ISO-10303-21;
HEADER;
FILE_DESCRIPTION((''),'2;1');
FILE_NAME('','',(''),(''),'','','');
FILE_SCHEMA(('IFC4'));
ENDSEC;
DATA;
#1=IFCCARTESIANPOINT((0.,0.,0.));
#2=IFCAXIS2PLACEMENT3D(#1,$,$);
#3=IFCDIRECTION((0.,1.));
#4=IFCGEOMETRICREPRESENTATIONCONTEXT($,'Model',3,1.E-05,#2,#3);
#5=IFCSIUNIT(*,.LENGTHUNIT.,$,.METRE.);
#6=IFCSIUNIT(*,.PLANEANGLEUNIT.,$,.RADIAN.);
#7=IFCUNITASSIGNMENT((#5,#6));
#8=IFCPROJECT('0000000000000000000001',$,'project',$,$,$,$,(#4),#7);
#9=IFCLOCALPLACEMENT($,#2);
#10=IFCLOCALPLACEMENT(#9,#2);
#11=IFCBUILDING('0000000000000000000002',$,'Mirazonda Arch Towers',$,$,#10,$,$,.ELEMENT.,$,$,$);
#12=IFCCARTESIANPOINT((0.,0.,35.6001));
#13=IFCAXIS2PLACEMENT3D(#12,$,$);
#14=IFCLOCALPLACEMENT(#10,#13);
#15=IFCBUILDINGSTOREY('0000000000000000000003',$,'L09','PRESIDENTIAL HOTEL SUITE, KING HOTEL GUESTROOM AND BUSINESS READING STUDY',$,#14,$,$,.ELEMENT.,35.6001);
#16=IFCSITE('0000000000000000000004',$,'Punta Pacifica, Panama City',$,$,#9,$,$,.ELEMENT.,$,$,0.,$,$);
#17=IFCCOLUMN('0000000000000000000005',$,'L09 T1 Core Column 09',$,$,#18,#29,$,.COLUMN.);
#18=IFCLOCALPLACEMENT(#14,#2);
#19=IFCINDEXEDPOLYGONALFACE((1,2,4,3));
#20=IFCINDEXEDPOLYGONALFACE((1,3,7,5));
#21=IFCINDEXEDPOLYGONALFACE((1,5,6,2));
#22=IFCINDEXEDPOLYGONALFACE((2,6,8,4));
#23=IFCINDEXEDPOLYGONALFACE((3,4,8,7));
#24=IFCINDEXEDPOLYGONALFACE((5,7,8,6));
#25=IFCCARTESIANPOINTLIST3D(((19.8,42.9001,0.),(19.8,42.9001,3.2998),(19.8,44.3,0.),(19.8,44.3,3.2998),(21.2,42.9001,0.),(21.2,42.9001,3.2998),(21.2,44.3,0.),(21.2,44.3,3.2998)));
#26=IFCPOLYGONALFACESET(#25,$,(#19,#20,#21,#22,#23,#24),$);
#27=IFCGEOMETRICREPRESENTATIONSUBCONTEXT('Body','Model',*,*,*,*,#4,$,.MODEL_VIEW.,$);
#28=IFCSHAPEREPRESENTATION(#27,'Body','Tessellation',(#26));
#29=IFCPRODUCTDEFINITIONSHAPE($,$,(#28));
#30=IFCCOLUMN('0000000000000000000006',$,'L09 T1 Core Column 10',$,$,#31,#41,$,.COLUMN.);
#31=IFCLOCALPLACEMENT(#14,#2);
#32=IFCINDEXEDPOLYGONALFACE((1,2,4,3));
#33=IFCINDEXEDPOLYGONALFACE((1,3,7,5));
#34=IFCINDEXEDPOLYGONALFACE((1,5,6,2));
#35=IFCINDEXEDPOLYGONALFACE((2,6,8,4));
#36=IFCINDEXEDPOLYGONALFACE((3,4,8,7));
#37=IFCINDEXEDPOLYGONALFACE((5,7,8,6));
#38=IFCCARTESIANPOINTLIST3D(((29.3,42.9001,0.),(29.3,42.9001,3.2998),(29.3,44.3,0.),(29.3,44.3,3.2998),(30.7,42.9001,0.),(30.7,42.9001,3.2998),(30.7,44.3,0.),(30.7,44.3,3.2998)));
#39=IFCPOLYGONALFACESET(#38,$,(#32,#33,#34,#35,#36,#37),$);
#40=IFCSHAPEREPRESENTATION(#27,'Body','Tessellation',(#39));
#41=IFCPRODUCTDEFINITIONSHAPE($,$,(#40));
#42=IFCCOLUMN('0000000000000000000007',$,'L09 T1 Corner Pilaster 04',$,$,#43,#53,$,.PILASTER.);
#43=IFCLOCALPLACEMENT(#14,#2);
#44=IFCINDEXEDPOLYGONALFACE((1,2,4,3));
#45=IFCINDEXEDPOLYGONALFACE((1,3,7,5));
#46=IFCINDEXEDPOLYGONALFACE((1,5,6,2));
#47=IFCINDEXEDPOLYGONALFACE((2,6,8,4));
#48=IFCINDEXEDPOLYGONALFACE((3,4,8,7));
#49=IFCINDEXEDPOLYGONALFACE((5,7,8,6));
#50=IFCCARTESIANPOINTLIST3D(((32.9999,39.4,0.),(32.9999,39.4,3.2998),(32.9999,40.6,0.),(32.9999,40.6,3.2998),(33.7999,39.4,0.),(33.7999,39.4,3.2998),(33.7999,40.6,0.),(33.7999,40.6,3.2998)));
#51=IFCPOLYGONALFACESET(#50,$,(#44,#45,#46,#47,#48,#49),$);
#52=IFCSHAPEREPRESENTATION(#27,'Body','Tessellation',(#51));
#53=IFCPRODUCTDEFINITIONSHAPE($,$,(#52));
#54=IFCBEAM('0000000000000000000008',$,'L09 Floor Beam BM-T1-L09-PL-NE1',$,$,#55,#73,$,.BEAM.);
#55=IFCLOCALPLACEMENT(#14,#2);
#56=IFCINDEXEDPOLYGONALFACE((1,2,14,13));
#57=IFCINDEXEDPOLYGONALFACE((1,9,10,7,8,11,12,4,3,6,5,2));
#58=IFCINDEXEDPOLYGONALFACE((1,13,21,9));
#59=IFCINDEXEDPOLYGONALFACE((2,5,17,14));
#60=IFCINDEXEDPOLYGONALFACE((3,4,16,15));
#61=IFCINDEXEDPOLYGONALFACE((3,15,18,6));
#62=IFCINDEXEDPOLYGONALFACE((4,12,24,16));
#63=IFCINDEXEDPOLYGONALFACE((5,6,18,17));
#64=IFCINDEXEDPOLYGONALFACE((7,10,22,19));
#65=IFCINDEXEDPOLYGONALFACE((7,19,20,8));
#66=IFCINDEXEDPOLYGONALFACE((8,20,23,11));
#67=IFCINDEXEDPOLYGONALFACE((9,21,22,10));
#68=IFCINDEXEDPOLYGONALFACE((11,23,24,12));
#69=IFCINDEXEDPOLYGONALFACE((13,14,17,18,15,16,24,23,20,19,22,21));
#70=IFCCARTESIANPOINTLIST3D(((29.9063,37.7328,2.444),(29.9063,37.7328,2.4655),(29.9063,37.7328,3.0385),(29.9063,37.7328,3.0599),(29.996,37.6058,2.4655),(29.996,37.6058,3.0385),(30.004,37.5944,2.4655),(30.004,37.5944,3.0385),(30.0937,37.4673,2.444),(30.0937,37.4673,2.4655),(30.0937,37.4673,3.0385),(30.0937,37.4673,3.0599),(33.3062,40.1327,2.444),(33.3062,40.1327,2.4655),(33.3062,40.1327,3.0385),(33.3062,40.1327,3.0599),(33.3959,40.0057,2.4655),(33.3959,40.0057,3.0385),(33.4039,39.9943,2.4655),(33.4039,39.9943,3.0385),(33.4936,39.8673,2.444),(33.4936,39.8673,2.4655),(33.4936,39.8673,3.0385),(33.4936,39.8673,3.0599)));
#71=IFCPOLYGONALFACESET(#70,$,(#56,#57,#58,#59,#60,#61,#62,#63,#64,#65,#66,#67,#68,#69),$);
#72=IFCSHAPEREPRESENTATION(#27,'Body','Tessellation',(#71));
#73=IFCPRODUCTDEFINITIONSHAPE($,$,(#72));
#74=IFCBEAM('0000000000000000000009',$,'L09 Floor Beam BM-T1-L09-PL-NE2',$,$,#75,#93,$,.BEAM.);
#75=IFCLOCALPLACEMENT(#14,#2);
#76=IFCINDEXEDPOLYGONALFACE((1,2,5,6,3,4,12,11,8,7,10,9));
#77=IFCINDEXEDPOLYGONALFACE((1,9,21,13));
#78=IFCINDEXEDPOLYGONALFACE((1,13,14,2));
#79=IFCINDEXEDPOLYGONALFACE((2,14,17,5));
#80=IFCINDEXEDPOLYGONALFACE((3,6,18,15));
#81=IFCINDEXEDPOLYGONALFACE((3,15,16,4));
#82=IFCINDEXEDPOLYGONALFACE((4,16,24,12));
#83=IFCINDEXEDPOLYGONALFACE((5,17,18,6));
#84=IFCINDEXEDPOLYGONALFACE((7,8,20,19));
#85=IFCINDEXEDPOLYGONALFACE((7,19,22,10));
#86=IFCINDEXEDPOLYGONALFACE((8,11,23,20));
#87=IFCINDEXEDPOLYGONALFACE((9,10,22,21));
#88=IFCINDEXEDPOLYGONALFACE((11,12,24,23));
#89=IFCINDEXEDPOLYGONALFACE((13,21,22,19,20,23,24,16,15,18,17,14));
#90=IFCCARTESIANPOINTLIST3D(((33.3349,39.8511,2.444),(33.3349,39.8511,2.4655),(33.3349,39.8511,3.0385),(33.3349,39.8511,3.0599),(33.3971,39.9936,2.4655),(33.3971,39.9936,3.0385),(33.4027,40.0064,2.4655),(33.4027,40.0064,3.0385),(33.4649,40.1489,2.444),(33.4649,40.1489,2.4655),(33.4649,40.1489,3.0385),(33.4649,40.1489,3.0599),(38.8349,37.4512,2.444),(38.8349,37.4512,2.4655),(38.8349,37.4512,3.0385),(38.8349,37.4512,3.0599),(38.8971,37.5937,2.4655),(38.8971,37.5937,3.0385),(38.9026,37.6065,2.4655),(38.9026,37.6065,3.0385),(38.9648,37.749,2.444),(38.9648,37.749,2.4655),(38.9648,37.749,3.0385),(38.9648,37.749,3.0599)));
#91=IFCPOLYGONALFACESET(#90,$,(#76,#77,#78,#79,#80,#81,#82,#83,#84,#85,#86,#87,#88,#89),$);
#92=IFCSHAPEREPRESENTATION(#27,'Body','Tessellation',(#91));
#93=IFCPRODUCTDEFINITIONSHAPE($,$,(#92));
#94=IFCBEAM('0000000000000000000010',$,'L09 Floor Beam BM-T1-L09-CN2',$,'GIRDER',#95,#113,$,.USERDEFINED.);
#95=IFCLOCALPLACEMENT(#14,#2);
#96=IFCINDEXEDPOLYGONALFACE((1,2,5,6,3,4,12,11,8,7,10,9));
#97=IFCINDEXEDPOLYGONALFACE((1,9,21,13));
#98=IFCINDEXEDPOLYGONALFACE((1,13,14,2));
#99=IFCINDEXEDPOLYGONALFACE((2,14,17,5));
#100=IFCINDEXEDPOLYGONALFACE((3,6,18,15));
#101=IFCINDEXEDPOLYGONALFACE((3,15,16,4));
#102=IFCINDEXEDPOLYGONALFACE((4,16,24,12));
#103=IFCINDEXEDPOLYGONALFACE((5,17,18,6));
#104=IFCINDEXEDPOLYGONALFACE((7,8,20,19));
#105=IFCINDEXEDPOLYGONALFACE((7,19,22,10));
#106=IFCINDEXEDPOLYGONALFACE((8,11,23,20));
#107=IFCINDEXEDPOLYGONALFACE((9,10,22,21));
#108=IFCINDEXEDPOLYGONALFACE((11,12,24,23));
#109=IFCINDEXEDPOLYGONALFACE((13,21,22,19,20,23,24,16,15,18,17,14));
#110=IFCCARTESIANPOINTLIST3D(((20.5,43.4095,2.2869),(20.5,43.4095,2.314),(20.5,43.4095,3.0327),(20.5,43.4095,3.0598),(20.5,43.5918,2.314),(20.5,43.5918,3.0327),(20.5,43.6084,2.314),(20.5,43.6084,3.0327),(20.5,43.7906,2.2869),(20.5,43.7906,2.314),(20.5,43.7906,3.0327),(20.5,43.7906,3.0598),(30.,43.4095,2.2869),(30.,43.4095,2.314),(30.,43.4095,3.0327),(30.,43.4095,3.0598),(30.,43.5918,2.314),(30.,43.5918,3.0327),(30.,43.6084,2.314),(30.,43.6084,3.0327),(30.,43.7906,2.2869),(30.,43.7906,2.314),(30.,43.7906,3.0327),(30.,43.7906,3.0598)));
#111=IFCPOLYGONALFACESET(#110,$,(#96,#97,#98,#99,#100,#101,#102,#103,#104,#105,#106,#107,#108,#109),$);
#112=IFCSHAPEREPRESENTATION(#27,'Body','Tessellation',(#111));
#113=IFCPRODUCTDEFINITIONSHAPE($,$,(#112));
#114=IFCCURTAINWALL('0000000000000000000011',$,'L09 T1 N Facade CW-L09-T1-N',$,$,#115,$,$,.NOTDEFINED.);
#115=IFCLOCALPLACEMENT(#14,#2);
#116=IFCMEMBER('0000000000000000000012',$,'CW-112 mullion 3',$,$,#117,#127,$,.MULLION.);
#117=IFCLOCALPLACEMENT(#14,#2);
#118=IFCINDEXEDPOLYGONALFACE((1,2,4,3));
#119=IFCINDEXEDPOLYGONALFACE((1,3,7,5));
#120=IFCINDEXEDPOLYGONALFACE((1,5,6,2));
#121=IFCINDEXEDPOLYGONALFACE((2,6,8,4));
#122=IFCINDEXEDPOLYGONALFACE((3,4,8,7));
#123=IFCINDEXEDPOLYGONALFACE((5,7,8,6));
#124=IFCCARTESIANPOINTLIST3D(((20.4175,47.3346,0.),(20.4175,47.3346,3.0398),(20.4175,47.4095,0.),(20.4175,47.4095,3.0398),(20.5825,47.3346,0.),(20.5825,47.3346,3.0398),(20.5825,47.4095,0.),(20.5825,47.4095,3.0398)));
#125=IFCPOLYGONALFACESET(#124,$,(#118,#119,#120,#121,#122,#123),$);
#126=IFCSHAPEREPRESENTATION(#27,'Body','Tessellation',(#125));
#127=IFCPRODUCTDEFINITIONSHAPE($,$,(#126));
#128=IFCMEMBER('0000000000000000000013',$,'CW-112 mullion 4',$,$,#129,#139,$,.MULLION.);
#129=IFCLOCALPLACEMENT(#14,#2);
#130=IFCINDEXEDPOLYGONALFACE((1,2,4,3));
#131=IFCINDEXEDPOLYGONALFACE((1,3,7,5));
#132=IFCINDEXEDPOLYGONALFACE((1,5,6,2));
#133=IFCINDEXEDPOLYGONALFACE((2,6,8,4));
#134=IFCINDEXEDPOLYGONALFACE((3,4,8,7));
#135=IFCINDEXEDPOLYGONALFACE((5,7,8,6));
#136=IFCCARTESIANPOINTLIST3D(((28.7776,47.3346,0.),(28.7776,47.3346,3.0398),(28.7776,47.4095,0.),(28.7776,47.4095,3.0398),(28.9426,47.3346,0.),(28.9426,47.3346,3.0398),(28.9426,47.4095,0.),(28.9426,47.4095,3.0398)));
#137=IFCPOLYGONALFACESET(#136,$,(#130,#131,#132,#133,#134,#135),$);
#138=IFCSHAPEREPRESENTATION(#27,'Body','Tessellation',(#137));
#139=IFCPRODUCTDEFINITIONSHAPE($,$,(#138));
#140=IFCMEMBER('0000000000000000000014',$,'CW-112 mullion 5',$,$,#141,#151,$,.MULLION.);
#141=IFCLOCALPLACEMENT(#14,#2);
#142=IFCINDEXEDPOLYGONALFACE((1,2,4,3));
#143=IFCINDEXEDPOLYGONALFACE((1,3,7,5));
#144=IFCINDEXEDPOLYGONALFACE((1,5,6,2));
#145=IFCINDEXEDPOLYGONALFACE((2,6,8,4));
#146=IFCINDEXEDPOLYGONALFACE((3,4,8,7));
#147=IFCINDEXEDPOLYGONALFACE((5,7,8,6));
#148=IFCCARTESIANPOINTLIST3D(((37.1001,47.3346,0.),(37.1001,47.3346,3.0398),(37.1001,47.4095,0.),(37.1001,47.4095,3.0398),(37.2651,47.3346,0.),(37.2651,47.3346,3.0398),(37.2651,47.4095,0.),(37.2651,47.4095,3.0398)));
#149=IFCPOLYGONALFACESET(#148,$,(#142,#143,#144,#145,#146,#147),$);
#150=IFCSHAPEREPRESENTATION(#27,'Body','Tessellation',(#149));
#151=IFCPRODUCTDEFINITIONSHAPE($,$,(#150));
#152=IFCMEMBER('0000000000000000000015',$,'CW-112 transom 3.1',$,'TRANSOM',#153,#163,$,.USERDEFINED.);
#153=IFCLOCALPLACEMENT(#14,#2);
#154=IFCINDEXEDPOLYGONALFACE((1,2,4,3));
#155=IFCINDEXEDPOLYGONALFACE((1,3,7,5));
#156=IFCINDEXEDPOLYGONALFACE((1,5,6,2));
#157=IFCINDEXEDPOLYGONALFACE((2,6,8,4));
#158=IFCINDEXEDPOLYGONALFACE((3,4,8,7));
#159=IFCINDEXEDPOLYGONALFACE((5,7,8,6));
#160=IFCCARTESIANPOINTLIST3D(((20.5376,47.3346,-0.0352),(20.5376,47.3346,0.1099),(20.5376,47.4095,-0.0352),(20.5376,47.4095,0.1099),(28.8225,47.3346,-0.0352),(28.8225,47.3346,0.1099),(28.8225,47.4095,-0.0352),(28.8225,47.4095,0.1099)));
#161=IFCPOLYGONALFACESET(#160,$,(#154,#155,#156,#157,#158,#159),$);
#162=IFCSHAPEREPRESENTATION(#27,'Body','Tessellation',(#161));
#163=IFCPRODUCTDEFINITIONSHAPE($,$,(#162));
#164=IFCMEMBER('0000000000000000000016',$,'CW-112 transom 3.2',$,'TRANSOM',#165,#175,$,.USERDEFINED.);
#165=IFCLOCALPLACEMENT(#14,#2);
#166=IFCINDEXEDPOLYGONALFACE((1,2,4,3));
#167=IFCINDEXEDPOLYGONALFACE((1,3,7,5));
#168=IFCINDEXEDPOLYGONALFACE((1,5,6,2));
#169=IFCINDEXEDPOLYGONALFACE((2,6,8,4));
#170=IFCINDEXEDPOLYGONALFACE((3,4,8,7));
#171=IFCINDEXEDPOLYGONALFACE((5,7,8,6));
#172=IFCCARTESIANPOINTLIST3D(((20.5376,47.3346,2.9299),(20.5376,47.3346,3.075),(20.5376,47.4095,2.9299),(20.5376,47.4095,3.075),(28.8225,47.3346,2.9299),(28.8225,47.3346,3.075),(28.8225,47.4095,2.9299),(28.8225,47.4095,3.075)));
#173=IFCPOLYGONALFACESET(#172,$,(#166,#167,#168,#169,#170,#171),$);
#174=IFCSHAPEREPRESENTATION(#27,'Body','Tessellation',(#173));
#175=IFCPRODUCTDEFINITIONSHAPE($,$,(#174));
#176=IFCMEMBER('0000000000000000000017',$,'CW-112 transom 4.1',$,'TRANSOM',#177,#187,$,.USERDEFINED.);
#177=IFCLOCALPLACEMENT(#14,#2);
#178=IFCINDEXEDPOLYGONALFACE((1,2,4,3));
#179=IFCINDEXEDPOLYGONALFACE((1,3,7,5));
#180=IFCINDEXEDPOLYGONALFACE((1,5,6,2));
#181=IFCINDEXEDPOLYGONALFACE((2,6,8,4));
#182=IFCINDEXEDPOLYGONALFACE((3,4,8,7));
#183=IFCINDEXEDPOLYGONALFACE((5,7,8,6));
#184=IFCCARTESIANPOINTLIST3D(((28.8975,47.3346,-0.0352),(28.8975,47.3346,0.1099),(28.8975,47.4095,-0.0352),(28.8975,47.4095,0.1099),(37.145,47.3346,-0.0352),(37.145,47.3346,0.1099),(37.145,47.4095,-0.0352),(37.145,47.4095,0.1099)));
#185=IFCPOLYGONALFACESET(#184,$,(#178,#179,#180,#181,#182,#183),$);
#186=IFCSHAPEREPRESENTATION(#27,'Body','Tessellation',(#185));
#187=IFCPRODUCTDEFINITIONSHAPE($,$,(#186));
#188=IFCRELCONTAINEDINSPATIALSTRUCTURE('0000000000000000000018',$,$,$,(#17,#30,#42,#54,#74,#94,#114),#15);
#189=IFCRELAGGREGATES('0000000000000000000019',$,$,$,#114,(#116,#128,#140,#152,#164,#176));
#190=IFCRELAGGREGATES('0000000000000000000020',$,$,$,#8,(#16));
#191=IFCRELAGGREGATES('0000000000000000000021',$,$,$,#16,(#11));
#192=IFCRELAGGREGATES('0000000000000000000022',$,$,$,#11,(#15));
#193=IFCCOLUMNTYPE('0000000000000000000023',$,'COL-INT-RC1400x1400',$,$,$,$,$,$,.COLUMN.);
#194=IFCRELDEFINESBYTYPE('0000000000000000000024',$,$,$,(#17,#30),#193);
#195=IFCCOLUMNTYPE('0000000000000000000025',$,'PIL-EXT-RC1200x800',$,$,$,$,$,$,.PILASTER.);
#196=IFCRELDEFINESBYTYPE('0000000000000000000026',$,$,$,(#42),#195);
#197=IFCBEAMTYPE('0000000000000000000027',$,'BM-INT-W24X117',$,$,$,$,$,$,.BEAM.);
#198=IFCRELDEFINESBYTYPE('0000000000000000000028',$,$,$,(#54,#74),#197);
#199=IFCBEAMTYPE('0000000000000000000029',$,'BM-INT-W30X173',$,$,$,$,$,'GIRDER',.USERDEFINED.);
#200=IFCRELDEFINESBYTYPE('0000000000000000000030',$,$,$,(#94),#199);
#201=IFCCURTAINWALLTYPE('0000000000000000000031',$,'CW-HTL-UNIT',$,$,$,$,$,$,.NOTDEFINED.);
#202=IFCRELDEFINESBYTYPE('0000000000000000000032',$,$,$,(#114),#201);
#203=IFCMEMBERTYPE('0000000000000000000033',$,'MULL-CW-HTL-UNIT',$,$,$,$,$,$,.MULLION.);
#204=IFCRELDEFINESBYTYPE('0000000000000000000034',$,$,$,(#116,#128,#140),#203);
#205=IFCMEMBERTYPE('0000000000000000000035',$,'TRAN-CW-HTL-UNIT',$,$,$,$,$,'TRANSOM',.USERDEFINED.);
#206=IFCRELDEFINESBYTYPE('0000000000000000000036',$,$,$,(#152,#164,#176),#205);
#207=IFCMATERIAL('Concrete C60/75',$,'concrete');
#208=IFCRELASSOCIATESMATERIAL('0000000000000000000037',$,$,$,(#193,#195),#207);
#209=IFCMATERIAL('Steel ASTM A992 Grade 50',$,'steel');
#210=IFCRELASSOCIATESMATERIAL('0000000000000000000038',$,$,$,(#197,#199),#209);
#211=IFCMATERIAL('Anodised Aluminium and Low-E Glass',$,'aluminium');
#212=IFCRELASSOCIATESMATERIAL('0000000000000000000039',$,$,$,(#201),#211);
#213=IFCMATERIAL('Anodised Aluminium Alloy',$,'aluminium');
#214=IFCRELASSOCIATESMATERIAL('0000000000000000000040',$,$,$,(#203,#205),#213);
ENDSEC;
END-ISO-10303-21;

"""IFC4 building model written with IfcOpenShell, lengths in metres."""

from ifc_helpers import new_model, si_unit, direction, frame, origin, origin_2d, place, context, subcontext, project, spatial, rectangle, i_section, extrude, material, material_profile, profile_set, type_object, element, aggregate, save


model = new_model("IFC4")

# Units and contexts
model_context = context("Model", 3, precision=1e-05, world=origin(), true_north=direction((0.0, 1.0)))
body_context = subcontext(model_context, "Body", "Model", "MODEL_VIEW")
ifc_project = project(units=[si_unit("LENGTHUNIT", "METRE"), si_unit("PLANEANGLEUNIT", "RADIAN")], contexts=[model_context])

# Site, building, storey
site_placement = place(None, origin())
site = spatial("IfcSite", under=ifc_project, at=site_placement, Name="Punta Pacifica, Panama City", CompositionType="ELEMENT", RefElevation=0.0)
building_placement = place(site_placement, origin())
building = spatial("IfcBuilding", under=site, at=building_placement, Name="Mirazonda Arch Towers", CompositionType="ELEMENT")
storey_placement = place(building_placement, frame((0.0, 0.0, 35.6001)))
storey = spatial("IfcBuildingStorey", under=building, at=storey_placement, Name="L09", Description="PRESIDENTIAL HOTEL SUITE, KING HOTEL GUESTROOM AND BUSINESS READING STUDY", CompositionType="ELEMENT", Elevation=35.6001)

# Columns
ifc_material_1 = material(Name="Concrete C60/75", Category="concrete")
ifc_material_profile_1 = material_profile(ifc_material_1, rectangle(XDim=1.3999, YDim=1.3999, at=origin_2d()), Name="RC1400x1400")
ifc_profile_set_1 = profile_set([ifc_material_profile_1], Name="Concrete C60/75")
column_type_1 = type_object("IfcColumnType", Name="COL-INT-RC1400x1400", PredefinedType="COLUMN", material=ifc_profile_set_1)
for number, where, z_axis, x_axis, name in (
    (1, (20.5, 43.6001, 0.0), (0.0, 0.0, 1.0), (1.0, 0.0, 0.0), "L09 T1 Core Column 09"),
    (2, (30.0, 43.6001, 0.0), (0.0, 0.0, 1.0), (1.0, 0.0, 0.0), "L09 T1 Core Column 10"),
):
    element("IfcColumn", number, at=place(storey_placement, frame(where, z_axis=z_axis, x_axis=x_axis)), inside=storey, type_object=column_type_1, Name=name, PredefinedType="COLUMN", context=body_context, shape_type="SweptSolid", body=[
        extrude(rectangle(XDim=1.3999, YDim=1.3999, at=origin_2d()), origin(), (0.0, 0.0, 1.0), 3.2998),
    ])
ifc_material_profile_2 = material_profile(ifc_material_1, rectangle(XDim=0.8, YDim=1.2, at=origin_2d()), Name="RC1200x800")
ifc_profile_set_2 = profile_set([ifc_material_profile_2], Name="Concrete C60/75")
column_type_2 = type_object("IfcColumnType", Name="PIL-EXT-RC1200x800", PredefinedType="PILASTER", material=ifc_profile_set_2)
column_placement = place(storey_placement, frame((33.3999, 40.0, 0.0), z_axis=(0.0, 0.0, 1.0), x_axis=(1.0, 0.0, 0.0)))
element("IfcColumn", 3, at=column_placement, inside=storey, type_object=column_type_2, Name="L09 T1 Corner Pilaster 04", PredefinedType="PILASTER", context=body_context, shape_type="SweptSolid", body=[
    extrude(rectangle(XDim=0.8, YDim=1.2, at=origin_2d()), origin(), (0.0, 0.0, 1.0), 3.2998),
])

# Beams
ifc_material_2 = material(Name="Steel ASTM A992 Grade 50", Category="steel")
ifc_material_profile_3 = material_profile(ifc_material_2, i_section(OverallWidth=0.325, OverallDepth=0.616, WebThickness=0.0139, FlangeThickness=0.0215, at=origin_2d()), Name="W24X117")
ifc_profile_set_3 = profile_set([ifc_material_profile_3], Name="Steel ASTM A992 Grade 50")
beam_type_1 = type_object("IfcBeamType", Name="BM-INT-W24X117", PredefinedType="BEAM", material=ifc_profile_set_3)
beam_1_placement = place(storey_placement, frame((33.3999, 40.0, 2.752), z_axis=(-0.816971, -0.576679, 0.0), x_axis=(0.576679, -0.816971, 0.0)))
element("IfcBeam", 4, at=beam_1_placement, inside=storey, type_object=beam_type_1, Name="L09 Floor Beam BM-T1-L09-PL-NE1", PredefinedType="BEAM", context=body_context, shape_type="SweptSolid", body=[
    extrude(i_section(OverallWidth=0.325, OverallDepth=0.616, WebThickness=0.0139, FlangeThickness=0.0215, at=origin_2d()), origin(), (0.0, 0.0, 1.0), 4.1616),
])
beam_2_placement = place(storey_placement, frame((33.3999, 40.0, 2.752), z_axis=(0.916545, -0.399931, 0.0), x_axis=(0.399931, 0.916545, 0.0)))
element("IfcBeam", 5, at=beam_2_placement, inside=storey, type_object=beam_type_1, Name="L09 Floor Beam BM-T1-L09-PL-NE2", PredefinedType="BEAM", context=body_context, shape_type="SweptSolid", body=[
    extrude(i_section(OverallWidth=0.325, OverallDepth=0.616, WebThickness=0.0139, FlangeThickness=0.0215, at=origin_2d()), origin(), (0.0, 0.0, 1.0), 6.0007),
])
ifc_material_profile_4 = material_profile(ifc_material_2, i_section(OverallWidth=0.3811, OverallDepth=0.7729, WebThickness=0.0166, FlangeThickness=0.0271, at=origin_2d()), Name="W30X173")
ifc_profile_set_4 = profile_set([ifc_material_profile_4], Name="Steel ASTM A992 Grade 50")
beam_type_2 = type_object("IfcBeamType", Name="BM-INT-W30X173", ElementType="GIRDER", PredefinedType="USERDEFINED", material=ifc_profile_set_4)
beam_3_placement = place(storey_placement, frame((20.5, 43.6001, 2.6733), z_axis=(1.0, 0.0, 0.0), x_axis=(0.0, 1.0, 0.0)))
element("IfcBeam", 6, at=beam_3_placement, inside=storey, type_object=beam_type_2, Name="L09 Floor Beam BM-T1-L09-CN2", ObjectType="GIRDER", PredefinedType="USERDEFINED", context=body_context, shape_type="SweptSolid", body=[
    extrude(i_section(OverallWidth=0.3811, OverallDepth=0.7729, WebThickness=0.0166, FlangeThickness=0.0271, at=origin_2d()), origin(), (0.0, 0.0, 1.0), 9.5),
])

# Curtain wall, members
ifc_material_3 = material(Name="Anodised Aluminium and Low-E Glass", Category="aluminium")
curtain_wall_type = type_object("IfcCurtainWallType", Name="CW-HTL-UNIT", PredefinedType="NOTDEFINED", material=ifc_material_3)
curtain_wall_placement = place(storey_placement, origin())
curtain_wall = element("IfcCurtainWall", 7, at=curtain_wall_placement, inside=storey, type_object=curtain_wall_type, Name="L09 T1 N Facade CW-L09-T1-N", PredefinedType="NOTDEFINED")
ifc_material_4 = material(Name="Anodised Aluminium Alloy", Category="aluminium")
ifc_material_profile_5 = material_profile(ifc_material_4, rectangle(XDim=0.075, YDim=0.165, at=origin_2d()), Name="ALU-MULL-75x165")
ifc_profile_set_5 = profile_set([ifc_material_profile_5], Name="Anodised Aluminium Alloy")
member_type_1 = type_object("IfcMemberType", Name="MULL-CW-HTL-UNIT", PredefinedType="MULLION", material=ifc_profile_set_5)
member_1_placement = place(storey_placement, frame((20.5, 47.3721, 0.0), z_axis=(0.0, 0.0, 1.0), x_axis=(0.0, 1.0, 0.0)))
member_1 = element("IfcMember", 8, at=member_1_placement, type_object=member_type_1, Name="CW-112 mullion 3", PredefinedType="MULLION", context=body_context, shape_type="SweptSolid", body=[
    extrude(rectangle(XDim=0.075, YDim=0.165, at=origin_2d()), origin(), (0.0, 0.0, 1.0), 3.0398),
])
member_2_placement = place(storey_placement, frame((28.8601, 47.3721, 0.0), z_axis=(0.0, 0.0, 1.0), x_axis=(0.0, 1.0, 0.0)))
member_2 = element("IfcMember", 9, at=member_2_placement, type_object=member_type_1, Name="CW-112 mullion 4", PredefinedType="MULLION", context=body_context, shape_type="SweptSolid", body=[
    extrude(rectangle(XDim=0.075, YDim=0.165, at=origin_2d()), origin(), (0.0, 0.0, 1.0), 3.0398),
])
member_3_placement = place(storey_placement, frame((37.1826, 47.3721, 0.0), z_axis=(0.0, 0.0, 1.0), x_axis=(0.0, 1.0, 0.0)))
member_3 = element("IfcMember", 10, at=member_3_placement, type_object=member_type_1, Name="CW-112 mullion 5", PredefinedType="MULLION", context=body_context, shape_type="SweptSolid", body=[
    extrude(rectangle(XDim=0.075, YDim=0.165, at=origin_2d()), origin(), (0.0, 0.0, 1.0), 3.0398),
])
ifc_material_profile_6 = material_profile(ifc_material_4, rectangle(XDim=0.075, YDim=0.145, at=origin_2d()), Name="ALU-TRAN-75x145")
ifc_profile_set_6 = profile_set([ifc_material_profile_6], Name="Anodised Aluminium Alloy")
member_type_2 = type_object("IfcMemberType", Name="TRAN-CW-HTL-UNIT", ElementType="TRANSOM", PredefinedType="USERDEFINED", material=ifc_profile_set_6)
member_4_placement = place(storey_placement, frame((20.5376, 47.3721, 0.0374), z_axis=(1.0, 0.0, 0.0), x_axis=(0.0, 1.0, 0.0)))
member_4 = element("IfcMember", 11, at=member_4_placement, type_object=member_type_2, Name="CW-112 transom 3.1", ObjectType="TRANSOM", PredefinedType="USERDEFINED", context=body_context, shape_type="SweptSolid", body=[
    extrude(rectangle(XDim=0.075, YDim=0.145, at=origin_2d()), origin(), (0.0, 0.0, 1.0), 8.2849),
])
member_5_placement = place(storey_placement, frame((20.5376, 47.3721, 3.0024), z_axis=(1.0, 0.0, 0.0), x_axis=(0.0, 1.0, 0.0)))
member_5 = element("IfcMember", 12, at=member_5_placement, type_object=member_type_2, Name="CW-112 transom 3.2", ObjectType="TRANSOM", PredefinedType="USERDEFINED", context=body_context, shape_type="SweptSolid", body=[
    extrude(rectangle(XDim=0.075, YDim=0.145, at=origin_2d()), origin(), (0.0, 0.0, 1.0), 8.2849),
])
member_6_placement = place(storey_placement, frame((28.8975, 47.3721, 0.0374), z_axis=(1.0, 0.0, 0.0), x_axis=(0.0, 1.0, 0.0)))
member_6 = element("IfcMember", 13, at=member_6_placement, type_object=member_type_2, Name="CW-112 transom 4.1", ObjectType="TRANSOM", PredefinedType="USERDEFINED", context=body_context, shape_type="SweptSolid", body=[
    extrude(rectangle(XDim=0.075, YDim=0.145, at=origin_2d()), origin(), (0.0, 0.0, 1.0), 8.2476),
])
aggregate(curtain_wall, [member_1, member_2, member_3, member_4, member_5, member_6])

save(model, "model.ifc")
